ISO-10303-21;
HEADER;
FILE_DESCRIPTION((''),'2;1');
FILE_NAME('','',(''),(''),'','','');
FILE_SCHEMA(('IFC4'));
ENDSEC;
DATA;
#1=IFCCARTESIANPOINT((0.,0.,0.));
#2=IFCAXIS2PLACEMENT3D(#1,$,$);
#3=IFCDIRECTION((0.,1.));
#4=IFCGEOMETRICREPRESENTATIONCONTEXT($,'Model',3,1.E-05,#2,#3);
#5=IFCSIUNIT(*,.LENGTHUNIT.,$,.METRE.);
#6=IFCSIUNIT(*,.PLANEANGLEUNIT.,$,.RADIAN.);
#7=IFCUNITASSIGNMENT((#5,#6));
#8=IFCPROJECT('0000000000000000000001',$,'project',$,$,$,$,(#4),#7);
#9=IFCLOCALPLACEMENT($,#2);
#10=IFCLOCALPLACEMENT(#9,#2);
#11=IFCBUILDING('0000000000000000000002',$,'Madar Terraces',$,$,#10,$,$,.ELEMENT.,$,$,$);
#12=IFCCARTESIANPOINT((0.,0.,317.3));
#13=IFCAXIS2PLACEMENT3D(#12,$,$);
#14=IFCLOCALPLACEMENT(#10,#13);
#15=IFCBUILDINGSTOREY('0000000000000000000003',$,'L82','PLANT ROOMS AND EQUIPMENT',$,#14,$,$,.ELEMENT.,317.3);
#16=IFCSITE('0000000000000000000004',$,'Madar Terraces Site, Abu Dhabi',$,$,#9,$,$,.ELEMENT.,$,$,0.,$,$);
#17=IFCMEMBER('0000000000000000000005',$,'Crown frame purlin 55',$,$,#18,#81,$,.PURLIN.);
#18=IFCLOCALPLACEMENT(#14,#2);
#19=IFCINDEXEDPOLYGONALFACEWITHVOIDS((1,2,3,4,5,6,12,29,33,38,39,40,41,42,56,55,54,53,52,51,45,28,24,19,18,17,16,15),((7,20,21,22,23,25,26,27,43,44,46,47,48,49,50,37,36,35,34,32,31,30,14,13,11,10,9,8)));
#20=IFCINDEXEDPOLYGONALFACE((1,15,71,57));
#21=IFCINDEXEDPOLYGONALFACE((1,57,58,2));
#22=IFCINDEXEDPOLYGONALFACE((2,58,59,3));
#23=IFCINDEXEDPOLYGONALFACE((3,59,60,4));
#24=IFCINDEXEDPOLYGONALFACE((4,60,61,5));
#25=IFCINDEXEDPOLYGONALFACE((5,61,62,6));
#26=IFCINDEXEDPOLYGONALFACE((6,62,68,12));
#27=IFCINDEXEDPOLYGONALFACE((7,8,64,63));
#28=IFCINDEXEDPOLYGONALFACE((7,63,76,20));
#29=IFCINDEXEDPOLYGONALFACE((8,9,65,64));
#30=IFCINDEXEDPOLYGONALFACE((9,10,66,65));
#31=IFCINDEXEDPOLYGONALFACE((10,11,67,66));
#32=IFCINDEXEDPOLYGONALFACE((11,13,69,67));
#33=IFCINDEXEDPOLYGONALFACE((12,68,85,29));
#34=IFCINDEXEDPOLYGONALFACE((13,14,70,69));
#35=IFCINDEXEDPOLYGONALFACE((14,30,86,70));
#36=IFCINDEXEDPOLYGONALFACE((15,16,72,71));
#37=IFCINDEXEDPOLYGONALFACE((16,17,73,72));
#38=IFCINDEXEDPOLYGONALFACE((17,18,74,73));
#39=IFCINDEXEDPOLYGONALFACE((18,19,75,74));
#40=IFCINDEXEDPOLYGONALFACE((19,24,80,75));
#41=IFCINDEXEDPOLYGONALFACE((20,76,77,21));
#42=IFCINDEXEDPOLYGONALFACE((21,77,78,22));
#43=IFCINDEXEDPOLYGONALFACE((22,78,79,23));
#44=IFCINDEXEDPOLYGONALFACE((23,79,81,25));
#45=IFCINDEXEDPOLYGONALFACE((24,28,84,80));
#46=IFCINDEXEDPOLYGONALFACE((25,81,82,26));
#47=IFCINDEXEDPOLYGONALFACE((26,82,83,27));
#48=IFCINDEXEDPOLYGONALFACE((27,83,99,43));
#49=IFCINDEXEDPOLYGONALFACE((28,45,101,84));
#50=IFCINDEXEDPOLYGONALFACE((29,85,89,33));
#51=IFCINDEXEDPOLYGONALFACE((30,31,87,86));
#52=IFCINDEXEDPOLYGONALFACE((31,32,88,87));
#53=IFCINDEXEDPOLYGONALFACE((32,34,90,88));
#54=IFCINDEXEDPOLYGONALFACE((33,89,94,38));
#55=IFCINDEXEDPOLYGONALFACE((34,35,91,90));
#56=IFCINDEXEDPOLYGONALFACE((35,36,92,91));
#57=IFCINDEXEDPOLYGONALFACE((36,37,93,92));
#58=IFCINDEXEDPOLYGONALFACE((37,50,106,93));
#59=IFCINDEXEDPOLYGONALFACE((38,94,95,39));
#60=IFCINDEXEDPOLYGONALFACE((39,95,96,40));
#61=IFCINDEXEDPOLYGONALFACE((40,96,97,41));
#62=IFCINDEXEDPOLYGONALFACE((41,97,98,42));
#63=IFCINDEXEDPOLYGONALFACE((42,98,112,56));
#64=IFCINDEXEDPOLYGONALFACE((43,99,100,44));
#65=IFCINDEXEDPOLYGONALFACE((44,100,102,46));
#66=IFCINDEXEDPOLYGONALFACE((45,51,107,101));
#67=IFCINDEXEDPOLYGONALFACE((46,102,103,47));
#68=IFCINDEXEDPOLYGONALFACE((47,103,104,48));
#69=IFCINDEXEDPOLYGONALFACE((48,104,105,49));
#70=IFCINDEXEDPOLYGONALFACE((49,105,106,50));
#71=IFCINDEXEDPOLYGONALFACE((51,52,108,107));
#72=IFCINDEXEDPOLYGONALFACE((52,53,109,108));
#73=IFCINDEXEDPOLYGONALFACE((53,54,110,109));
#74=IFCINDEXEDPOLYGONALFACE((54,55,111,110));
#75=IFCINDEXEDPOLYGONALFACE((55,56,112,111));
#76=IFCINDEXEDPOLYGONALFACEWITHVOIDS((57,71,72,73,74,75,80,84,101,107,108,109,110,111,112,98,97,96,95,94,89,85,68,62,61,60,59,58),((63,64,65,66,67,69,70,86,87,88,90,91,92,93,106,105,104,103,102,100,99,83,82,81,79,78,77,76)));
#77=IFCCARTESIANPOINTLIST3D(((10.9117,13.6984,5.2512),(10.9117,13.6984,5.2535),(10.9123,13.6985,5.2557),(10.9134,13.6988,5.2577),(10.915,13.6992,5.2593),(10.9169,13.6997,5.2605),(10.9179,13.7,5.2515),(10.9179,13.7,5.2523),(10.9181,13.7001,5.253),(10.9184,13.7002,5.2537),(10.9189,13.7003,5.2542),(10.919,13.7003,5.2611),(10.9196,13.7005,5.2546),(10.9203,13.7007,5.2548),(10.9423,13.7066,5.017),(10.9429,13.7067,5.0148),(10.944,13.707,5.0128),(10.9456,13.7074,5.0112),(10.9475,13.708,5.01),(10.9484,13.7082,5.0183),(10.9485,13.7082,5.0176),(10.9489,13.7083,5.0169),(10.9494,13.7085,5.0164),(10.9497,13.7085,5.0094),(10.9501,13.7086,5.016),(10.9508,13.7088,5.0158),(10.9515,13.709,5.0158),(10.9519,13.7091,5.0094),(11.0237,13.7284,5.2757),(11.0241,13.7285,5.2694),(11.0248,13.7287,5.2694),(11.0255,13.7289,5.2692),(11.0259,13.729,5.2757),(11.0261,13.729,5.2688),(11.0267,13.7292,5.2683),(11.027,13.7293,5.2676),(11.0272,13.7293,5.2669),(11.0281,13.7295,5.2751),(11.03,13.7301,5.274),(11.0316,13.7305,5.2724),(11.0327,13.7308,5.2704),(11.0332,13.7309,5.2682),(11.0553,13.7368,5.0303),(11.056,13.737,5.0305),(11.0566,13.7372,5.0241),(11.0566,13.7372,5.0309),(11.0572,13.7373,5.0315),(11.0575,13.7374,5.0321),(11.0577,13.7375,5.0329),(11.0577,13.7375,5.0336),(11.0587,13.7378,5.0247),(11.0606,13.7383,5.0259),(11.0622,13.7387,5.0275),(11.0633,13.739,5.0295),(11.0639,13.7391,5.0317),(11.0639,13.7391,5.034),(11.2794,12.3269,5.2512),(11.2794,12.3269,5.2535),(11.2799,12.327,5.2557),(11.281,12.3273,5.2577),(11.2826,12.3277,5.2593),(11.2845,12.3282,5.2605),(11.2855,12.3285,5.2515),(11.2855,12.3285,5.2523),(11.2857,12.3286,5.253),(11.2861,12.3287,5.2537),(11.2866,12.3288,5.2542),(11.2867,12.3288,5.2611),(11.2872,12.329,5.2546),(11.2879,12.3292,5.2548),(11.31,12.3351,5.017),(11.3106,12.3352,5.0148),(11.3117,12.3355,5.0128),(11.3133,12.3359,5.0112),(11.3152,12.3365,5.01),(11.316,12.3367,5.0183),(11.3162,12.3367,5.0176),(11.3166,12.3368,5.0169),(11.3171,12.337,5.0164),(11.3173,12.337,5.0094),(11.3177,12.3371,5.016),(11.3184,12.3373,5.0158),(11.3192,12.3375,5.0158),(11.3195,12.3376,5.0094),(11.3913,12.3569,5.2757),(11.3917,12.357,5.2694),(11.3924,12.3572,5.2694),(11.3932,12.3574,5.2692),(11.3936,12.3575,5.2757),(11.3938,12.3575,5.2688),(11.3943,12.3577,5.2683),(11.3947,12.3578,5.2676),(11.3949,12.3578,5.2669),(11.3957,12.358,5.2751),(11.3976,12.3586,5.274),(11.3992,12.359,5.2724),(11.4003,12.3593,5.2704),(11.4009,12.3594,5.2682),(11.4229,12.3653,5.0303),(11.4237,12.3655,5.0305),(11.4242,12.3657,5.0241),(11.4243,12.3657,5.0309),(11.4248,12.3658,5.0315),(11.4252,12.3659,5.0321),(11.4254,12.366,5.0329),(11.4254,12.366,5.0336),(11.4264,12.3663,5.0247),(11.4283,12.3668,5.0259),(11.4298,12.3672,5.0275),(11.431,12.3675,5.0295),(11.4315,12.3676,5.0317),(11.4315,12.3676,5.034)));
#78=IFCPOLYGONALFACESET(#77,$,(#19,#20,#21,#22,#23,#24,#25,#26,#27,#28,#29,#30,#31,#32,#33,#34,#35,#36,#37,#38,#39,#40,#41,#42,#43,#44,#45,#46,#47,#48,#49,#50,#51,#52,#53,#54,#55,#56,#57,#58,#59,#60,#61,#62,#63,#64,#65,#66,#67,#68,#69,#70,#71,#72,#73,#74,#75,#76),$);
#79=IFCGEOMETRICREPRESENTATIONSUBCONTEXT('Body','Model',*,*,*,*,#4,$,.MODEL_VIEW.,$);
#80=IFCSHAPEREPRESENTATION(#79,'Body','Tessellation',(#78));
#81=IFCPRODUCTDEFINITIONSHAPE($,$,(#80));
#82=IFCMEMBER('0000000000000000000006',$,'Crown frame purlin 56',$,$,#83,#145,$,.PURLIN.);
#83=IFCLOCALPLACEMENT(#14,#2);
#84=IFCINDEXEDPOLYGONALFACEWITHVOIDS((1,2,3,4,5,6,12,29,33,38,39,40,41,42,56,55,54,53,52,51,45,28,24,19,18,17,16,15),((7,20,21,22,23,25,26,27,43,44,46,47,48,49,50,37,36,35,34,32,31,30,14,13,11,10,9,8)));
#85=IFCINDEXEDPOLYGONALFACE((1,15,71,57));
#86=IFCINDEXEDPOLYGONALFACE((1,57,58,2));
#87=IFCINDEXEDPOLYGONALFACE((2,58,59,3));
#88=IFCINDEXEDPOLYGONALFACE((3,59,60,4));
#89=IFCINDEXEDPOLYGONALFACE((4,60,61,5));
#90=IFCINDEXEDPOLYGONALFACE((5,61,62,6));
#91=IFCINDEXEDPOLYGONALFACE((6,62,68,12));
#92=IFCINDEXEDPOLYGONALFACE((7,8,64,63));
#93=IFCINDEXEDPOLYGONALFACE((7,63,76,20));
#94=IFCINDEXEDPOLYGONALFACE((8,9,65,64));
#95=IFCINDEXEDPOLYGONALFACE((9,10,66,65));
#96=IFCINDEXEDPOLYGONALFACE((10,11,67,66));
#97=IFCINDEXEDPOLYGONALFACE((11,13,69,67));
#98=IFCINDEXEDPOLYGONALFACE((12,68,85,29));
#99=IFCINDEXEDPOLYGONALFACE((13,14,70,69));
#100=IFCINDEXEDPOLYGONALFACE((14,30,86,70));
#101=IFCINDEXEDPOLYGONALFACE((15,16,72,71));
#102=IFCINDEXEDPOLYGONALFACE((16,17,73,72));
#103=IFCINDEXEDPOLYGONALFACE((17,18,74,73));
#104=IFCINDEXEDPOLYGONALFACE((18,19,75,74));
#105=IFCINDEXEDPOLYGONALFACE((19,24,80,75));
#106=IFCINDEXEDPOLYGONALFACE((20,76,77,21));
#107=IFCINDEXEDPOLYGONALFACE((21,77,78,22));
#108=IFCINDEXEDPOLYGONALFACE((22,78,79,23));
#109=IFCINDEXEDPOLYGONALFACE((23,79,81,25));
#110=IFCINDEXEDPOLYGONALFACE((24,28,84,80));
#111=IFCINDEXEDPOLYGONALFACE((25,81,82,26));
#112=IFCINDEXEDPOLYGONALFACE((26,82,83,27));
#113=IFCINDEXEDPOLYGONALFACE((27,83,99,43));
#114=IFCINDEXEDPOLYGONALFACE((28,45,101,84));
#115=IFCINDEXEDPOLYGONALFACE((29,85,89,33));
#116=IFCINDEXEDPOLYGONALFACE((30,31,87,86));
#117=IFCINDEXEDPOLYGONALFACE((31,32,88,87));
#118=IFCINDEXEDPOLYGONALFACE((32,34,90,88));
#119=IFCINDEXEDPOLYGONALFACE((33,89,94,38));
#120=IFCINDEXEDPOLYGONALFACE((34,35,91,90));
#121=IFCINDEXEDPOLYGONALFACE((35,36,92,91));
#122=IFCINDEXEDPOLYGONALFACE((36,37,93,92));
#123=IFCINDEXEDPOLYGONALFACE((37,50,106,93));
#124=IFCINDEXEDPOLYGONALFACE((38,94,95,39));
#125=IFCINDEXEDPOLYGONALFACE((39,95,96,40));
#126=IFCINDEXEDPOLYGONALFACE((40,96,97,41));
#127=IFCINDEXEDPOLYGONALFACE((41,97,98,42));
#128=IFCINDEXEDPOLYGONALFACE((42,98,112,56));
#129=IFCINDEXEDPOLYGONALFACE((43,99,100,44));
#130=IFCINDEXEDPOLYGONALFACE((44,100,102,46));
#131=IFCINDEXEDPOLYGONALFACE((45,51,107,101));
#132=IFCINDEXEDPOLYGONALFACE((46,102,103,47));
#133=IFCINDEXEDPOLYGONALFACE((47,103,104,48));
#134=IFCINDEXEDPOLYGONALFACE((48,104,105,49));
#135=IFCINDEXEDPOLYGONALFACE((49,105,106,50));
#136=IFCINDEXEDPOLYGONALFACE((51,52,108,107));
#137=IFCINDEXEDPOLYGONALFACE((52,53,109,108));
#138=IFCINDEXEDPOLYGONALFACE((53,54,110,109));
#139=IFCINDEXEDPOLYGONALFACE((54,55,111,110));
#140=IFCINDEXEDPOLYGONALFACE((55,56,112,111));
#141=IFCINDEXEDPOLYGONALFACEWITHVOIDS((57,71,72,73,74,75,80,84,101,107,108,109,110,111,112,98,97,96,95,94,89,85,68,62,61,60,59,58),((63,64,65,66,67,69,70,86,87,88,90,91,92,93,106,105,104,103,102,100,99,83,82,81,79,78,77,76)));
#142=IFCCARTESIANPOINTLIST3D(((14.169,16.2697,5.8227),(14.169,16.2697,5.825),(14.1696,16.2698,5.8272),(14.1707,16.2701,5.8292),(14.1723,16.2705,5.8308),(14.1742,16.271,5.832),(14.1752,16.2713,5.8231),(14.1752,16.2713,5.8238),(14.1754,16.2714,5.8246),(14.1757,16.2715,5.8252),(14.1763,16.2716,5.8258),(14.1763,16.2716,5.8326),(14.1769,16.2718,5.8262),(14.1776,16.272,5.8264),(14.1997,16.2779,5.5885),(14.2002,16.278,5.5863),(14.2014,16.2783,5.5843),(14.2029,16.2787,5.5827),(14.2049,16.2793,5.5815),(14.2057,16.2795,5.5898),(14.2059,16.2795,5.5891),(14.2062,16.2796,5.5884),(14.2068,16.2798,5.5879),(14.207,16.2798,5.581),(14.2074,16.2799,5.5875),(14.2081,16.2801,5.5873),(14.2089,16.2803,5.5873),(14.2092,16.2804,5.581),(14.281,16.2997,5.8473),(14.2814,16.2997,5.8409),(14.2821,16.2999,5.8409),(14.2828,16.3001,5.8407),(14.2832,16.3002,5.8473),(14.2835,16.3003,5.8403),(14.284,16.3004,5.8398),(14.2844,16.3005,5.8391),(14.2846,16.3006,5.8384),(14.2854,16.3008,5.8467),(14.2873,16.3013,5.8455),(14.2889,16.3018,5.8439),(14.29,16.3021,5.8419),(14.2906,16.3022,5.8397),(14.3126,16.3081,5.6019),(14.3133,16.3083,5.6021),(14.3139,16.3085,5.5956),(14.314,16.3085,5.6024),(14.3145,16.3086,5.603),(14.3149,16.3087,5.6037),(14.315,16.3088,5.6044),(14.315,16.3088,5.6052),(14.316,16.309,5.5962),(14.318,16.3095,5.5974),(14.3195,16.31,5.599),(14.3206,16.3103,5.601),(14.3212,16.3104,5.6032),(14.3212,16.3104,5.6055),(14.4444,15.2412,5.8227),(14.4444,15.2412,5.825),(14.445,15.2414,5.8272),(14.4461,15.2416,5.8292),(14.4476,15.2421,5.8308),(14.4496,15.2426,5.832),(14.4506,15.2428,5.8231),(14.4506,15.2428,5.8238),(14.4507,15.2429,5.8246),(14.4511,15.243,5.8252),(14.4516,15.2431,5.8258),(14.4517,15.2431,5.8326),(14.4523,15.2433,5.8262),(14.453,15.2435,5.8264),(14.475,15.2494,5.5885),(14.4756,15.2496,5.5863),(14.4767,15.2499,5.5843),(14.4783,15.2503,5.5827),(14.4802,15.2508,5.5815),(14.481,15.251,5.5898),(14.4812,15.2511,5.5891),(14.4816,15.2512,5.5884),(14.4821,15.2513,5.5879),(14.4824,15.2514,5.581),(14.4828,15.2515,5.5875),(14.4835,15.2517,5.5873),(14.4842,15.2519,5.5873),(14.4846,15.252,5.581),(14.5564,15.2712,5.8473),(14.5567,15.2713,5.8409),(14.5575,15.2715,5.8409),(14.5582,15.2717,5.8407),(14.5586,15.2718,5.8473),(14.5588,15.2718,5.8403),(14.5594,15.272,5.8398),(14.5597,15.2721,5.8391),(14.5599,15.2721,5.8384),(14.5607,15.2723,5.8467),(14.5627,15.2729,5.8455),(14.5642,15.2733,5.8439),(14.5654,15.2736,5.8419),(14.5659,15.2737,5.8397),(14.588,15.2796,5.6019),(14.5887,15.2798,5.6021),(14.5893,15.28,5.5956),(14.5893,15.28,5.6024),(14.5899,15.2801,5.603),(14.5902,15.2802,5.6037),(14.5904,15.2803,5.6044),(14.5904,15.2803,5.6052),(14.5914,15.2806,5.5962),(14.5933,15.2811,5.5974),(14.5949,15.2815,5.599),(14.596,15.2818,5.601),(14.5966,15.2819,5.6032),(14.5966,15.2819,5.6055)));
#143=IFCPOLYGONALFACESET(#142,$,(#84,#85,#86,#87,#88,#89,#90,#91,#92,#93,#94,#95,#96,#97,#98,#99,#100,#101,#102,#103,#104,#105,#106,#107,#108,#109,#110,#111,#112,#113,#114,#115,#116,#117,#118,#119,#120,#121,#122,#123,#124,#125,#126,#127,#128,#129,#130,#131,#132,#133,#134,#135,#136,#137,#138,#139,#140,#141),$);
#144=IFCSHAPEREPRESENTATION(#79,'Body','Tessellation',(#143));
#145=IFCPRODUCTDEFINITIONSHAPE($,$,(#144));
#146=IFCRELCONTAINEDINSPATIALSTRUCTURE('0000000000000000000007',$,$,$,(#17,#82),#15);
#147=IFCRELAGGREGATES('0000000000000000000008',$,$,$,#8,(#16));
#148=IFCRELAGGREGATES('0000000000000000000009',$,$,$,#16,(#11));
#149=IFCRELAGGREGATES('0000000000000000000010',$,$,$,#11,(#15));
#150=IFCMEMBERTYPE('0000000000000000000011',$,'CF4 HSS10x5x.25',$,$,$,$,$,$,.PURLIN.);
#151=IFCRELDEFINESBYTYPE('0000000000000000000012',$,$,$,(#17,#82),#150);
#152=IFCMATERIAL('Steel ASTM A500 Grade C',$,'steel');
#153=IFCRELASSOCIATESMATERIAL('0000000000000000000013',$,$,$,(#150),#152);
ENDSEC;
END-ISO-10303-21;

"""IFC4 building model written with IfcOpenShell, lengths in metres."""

from ifc_helpers import new_model, si_unit, direction, frame, origin, origin_2d, place, context, subcontext, project, spatial, hollow_rectangle, extrude, material, material_profile, profile_set, type_object, element, save


model = new_model("IFC4")

# Units and contexts
model_context = context("Model", 3, precision=1e-05, world=origin(), true_north=direction((0.0, 1.0)))
body_context = subcontext(model_context, "Body", "Model", "MODEL_VIEW")
ifc_project = project(units=[si_unit("LENGTHUNIT", "METRE"), si_unit("PLANEANGLEUNIT", "RADIAN")], contexts=[model_context])

# Site, building, storey
site_placement = place(None, origin())
site = spatial("IfcSite", under=ifc_project, at=site_placement, Name="Madar Terraces Site, Abu Dhabi", CompositionType="ELEMENT", RefElevation=0.0)
building_placement = place(site_placement, origin())
building = spatial("IfcBuilding", under=site, at=building_placement, Name="Madar Terraces", CompositionType="ELEMENT")
storey_placement = place(building_placement, frame((0.0, 0.0, 317.3)))
storey = spatial("IfcBuildingStorey", under=building, at=storey_placement, Name="L82", Description="PLANT ROOMS AND EQUIPMENT", CompositionType="ELEMENT", Elevation=317.3)

# Members
ifc_material_1 = material(Name="Steel ASTM A500 Grade C", Category="steel")
ifc_material_profile = material_profile(ifc_material_1, hollow_rectangle(XDim=0.127, YDim=0.2539, WallThickness=0.0063, InnerFilletRadius=0.0029, OuterFilletRadius=0.0088, at=origin_2d()), Name="HSS10x5x.25")
ifc_profile_set = profile_set([ifc_material_profile], Name="Steel ASTM A500 Grade C")
member_type = type_object("IfcMemberType", Name="CF4 HSS10x5x.25", PredefinedType="PURLIN", material=ifc_profile_set)
member_placement = place(storey_placement, frame((10.9878, 13.7188, 5.1426), z_axis=(0.258925, -0.965897, 0.0), x_axis=(0.957175, 0.256587, 0.134086)))
element("IfcMember", 1, at=member_placement, inside=storey, type_object=member_type, Name="Crown frame purlin 55", PredefinedType="PURLIN", context=body_context, shape_type="SweptSolid", body=[
    extrude(hollow_rectangle(XDim=0.127, YDim=0.2539, WallThickness=0.0063, InnerFilletRadius=0.0029, OuterFilletRadius=0.0088, at=origin_2d()), origin(), (0.0, 0.0, 1.0), 1.4199),
])
for number, where, z_axis, x_axis, name in (
    (2, (14.2451, 16.29, 5.7141), (0.258633, -0.965976, 0.0), (0.957253, 0.256297, 0.134086), "Crown frame purlin 56"),
):
    element("IfcMember", number, at=place(storey_placement, frame(where, z_axis=z_axis, x_axis=x_axis)), inside=storey, type_object=member_type, Name=name, PredefinedType="PURLIN", context=body_context, shape_type="SweptSolid", body=[
        extrude(hollow_rectangle(XDim=0.127, YDim=0.2539, WallThickness=0.0063, InnerFilletRadius=0.0029, OuterFilletRadius=0.0088, at=origin_2d()), origin(), (0.0, 0.0, 1.0), 1.0647),
    ])

save(model, "model.ifc")
